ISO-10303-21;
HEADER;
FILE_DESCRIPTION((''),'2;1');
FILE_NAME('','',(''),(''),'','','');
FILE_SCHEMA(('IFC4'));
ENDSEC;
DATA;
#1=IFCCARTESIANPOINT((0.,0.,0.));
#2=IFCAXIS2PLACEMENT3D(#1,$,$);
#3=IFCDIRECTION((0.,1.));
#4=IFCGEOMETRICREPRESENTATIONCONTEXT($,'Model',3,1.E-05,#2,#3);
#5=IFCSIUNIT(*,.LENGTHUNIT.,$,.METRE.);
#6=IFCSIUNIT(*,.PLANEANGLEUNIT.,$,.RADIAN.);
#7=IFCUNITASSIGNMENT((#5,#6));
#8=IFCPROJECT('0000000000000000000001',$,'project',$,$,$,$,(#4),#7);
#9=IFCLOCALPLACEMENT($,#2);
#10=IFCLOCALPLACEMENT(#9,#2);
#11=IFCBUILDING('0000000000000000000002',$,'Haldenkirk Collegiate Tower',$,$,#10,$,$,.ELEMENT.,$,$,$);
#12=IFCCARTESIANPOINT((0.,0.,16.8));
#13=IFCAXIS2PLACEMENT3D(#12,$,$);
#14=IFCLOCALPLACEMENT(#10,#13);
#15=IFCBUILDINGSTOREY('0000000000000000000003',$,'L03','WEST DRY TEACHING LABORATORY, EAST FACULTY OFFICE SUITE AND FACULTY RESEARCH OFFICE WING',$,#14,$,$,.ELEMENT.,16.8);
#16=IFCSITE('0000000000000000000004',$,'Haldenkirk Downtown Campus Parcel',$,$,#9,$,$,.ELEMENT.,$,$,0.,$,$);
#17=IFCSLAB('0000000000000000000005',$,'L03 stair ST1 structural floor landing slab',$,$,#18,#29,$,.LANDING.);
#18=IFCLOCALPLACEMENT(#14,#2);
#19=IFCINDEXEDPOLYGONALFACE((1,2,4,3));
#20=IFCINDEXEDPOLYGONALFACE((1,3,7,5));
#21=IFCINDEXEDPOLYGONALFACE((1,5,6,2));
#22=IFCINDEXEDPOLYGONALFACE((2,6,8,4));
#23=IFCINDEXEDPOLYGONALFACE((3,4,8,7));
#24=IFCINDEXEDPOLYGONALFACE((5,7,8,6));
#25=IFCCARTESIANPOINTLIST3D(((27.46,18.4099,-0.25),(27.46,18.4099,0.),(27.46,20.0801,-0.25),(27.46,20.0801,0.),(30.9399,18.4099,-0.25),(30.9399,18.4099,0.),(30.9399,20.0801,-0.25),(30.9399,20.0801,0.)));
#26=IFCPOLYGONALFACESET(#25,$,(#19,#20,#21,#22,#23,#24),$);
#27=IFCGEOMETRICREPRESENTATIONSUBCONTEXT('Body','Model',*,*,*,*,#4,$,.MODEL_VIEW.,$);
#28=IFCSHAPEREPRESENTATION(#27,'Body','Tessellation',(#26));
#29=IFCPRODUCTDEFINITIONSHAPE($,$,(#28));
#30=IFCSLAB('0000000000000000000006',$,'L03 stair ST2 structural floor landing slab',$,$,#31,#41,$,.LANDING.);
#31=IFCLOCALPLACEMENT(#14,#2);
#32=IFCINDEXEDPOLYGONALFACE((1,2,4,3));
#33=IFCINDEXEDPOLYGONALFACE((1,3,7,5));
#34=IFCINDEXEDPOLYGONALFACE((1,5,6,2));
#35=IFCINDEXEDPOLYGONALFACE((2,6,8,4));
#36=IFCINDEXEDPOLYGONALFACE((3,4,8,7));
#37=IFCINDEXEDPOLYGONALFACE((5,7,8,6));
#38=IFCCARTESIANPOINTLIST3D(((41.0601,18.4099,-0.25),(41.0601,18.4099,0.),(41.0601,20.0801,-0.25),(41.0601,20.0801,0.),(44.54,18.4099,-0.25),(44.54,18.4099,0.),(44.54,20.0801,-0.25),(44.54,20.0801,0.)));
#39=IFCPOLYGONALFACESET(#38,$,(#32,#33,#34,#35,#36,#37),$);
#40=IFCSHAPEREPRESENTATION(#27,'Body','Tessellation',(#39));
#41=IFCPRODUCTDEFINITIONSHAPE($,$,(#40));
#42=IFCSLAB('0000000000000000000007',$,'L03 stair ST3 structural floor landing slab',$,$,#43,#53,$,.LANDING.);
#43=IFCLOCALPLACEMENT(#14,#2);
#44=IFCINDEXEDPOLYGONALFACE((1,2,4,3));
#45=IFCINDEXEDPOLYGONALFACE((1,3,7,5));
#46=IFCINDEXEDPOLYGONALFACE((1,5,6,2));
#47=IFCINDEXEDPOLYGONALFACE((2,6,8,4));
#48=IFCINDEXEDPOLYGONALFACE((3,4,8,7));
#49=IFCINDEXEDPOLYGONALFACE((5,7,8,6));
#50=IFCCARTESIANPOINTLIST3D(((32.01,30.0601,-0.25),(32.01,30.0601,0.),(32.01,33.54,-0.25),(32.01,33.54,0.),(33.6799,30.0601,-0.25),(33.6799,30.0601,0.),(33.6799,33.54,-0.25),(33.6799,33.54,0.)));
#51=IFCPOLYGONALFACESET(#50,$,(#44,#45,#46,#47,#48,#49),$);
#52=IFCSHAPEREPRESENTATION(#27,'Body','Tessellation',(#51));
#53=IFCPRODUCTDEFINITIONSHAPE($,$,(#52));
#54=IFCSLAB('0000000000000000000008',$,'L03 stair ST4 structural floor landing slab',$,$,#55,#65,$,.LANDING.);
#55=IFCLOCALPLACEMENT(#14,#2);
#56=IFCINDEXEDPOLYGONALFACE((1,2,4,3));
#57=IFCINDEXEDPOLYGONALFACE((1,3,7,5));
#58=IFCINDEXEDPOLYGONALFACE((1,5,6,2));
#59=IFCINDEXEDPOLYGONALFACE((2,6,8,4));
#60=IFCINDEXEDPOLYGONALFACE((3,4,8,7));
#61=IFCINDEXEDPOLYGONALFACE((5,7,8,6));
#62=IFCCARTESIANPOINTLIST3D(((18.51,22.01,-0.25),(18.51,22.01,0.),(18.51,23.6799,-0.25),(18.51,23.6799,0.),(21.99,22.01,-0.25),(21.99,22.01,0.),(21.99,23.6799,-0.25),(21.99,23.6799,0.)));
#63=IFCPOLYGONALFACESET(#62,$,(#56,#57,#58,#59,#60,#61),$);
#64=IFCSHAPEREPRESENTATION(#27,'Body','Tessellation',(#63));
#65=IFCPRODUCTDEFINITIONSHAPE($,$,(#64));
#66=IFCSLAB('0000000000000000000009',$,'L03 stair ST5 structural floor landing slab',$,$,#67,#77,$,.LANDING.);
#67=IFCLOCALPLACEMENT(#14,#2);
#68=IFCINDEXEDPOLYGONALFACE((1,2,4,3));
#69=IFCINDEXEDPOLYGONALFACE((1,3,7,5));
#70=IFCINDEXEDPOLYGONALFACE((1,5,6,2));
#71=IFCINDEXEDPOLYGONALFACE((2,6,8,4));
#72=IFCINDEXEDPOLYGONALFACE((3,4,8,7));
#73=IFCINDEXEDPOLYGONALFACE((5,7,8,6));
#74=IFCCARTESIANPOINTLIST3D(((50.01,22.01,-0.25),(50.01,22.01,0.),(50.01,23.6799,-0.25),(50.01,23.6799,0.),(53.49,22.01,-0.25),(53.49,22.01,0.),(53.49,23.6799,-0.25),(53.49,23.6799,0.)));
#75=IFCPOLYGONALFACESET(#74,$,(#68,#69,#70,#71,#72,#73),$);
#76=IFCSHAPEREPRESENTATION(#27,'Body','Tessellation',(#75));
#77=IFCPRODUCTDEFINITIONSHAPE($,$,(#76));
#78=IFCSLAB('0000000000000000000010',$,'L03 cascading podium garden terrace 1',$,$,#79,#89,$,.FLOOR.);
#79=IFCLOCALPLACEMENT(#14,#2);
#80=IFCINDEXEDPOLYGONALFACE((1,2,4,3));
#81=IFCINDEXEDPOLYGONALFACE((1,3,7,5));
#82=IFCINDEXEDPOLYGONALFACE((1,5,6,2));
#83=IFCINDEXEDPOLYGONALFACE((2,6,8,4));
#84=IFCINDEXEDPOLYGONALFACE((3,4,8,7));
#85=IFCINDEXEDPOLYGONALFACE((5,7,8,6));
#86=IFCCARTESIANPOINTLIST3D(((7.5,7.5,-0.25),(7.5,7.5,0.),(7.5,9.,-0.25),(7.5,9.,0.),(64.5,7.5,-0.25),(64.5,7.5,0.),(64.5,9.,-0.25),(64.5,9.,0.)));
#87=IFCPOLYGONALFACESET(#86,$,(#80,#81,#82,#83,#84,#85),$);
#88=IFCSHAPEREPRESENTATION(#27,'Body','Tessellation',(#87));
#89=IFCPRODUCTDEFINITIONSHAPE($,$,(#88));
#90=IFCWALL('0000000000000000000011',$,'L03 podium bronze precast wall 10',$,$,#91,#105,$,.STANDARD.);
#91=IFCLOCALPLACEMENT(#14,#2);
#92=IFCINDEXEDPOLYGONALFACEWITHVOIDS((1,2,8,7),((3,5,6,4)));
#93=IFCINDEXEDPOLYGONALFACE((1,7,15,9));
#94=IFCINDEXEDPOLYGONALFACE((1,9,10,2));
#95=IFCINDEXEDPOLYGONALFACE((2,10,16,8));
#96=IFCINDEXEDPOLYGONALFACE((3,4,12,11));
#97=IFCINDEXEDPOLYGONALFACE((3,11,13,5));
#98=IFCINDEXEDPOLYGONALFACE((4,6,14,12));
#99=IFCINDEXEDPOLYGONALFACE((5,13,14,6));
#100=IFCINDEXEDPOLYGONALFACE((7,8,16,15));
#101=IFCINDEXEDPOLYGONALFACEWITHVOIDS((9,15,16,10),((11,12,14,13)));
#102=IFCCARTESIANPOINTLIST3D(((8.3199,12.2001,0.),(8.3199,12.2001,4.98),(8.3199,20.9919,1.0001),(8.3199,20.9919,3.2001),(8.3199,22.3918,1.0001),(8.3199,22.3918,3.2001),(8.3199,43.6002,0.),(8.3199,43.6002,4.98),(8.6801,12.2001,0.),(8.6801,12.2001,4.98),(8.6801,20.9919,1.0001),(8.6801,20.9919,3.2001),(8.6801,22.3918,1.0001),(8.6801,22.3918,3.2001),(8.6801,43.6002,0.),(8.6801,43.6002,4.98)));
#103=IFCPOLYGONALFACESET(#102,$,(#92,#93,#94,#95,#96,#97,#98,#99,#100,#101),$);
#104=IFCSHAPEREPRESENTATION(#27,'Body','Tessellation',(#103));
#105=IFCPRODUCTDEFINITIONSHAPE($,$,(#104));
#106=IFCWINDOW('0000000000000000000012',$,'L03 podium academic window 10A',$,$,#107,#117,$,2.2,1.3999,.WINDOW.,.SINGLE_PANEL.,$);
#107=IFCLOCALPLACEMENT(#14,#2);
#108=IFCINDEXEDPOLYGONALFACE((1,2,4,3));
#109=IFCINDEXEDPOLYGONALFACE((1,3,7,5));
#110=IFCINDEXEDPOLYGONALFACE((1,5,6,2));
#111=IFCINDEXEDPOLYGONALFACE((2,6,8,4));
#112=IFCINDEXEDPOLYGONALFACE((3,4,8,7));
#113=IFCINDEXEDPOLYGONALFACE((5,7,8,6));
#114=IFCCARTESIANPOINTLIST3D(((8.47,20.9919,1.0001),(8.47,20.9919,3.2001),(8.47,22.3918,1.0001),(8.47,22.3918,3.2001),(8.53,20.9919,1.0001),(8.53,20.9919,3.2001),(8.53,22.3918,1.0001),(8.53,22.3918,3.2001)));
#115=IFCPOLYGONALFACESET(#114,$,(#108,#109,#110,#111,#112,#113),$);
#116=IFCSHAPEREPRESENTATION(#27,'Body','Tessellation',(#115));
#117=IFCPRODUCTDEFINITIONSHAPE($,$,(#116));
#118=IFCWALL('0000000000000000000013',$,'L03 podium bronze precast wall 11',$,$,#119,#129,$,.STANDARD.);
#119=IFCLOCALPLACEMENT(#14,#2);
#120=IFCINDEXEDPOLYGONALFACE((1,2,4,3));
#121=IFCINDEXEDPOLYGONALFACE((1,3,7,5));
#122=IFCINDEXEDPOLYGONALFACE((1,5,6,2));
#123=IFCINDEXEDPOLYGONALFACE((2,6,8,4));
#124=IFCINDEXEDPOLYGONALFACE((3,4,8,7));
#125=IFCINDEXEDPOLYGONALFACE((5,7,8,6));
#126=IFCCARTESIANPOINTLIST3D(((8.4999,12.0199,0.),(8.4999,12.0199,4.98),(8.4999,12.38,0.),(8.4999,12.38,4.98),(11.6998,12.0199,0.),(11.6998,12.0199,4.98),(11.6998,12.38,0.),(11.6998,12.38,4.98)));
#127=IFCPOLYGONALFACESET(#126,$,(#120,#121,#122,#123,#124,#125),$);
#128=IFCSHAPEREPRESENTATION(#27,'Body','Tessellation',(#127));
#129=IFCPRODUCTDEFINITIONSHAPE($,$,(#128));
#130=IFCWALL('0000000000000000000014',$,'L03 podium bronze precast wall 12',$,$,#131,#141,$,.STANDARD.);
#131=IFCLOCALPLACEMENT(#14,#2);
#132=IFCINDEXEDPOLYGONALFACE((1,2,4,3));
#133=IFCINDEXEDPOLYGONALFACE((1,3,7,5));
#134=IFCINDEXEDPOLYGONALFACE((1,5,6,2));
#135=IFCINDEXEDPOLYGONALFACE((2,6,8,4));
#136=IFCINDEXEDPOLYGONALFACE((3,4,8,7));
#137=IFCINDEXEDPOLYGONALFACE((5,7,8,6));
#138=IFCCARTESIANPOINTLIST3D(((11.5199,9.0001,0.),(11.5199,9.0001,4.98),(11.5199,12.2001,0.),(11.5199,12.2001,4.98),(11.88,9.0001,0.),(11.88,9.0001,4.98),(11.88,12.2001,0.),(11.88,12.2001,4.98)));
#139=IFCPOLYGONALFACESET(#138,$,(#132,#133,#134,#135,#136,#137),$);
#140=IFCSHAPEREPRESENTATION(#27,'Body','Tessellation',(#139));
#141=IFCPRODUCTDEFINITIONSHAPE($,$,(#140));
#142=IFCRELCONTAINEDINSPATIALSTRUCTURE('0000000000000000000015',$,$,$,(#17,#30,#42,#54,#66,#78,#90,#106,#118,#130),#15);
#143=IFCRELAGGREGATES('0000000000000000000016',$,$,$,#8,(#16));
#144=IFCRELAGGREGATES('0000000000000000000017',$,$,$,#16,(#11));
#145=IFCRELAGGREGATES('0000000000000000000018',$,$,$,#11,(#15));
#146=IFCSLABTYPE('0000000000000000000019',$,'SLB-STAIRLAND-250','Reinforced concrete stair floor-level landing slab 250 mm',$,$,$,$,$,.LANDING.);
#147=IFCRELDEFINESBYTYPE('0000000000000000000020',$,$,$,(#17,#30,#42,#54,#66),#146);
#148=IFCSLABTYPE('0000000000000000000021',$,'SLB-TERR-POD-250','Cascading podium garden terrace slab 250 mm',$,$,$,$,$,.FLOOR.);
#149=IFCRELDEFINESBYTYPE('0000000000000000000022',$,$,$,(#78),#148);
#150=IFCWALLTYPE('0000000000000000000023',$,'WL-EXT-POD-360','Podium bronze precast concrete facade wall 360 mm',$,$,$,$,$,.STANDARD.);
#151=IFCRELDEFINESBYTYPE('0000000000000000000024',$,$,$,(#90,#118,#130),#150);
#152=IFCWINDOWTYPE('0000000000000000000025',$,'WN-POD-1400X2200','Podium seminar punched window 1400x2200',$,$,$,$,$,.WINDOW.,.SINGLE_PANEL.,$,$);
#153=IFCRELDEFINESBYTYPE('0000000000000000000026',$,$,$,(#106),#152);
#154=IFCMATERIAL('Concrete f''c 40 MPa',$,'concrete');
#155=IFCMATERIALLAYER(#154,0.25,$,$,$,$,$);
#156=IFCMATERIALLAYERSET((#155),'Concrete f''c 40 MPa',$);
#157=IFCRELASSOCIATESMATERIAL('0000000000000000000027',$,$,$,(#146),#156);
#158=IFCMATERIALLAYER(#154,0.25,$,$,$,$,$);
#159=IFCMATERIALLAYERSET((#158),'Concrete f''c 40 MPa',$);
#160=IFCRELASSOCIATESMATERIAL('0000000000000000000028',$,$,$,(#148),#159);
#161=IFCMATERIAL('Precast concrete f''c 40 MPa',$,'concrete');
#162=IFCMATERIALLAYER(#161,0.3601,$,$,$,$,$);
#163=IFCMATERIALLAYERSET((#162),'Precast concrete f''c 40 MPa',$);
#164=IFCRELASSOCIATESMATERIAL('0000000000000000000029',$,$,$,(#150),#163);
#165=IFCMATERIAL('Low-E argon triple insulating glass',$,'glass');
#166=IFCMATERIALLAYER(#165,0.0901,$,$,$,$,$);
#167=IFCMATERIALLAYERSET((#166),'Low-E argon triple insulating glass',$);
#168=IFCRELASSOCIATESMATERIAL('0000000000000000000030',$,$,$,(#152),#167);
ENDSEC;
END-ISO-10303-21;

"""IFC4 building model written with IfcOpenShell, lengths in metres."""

from ifc_helpers import new_model, si_unit, direction, frame, frame_2d, origin, place, context, subcontext, project, spatial, polyline, rectangle, outline, extrude, material, layer, layer_set, type_object, element, fill, save


model = new_model("IFC4")

# Units and contexts
model_context = context("Model", 3, precision=1e-05, world=origin(), true_north=direction((0.0, 1.0)))
body_context = subcontext(model_context, "Body", "Model", "MODEL_VIEW")
ifc_project = project(units=[si_unit("LENGTHUNIT", "METRE"), si_unit("PLANEANGLEUNIT", "RADIAN")], contexts=[model_context])

# Site, building, storey
site_placement = place(None, origin())
site = spatial("IfcSite", under=ifc_project, at=site_placement, Name="Haldenkirk Downtown Campus Parcel", CompositionType="ELEMENT", RefElevation=0.0)
building_placement = place(site_placement, origin())
building = spatial("IfcBuilding", under=site, at=building_placement, Name="Haldenkirk Collegiate Tower", CompositionType="ELEMENT")
storey_placement = place(building_placement, frame((0.0, 0.0, 16.8)))
storey = spatial("IfcBuildingStorey", under=building, at=storey_placement, Name="L03", Description="WEST DRY TEACHING LABORATORY, EAST FACULTY OFFICE SUITE AND FACULTY RESEARCH OFFICE WING", CompositionType="ELEMENT", Elevation=16.8)

# Shared definitions
ifc_material_1 = material(Name="Concrete f'c 40 MPa", Category="concrete")

# Slabs
ifc_layer_1 = layer(ifc_material_1, 0.25)
ifc_layer_set_1 = layer_set([ifc_layer_1], Name="Concrete f'c 40 MPa")
slab_type_1 = type_object("IfcSlabType", Name="SLB-STAIRLAND-250", Description="Reinforced concrete stair floor-level landing slab 250 mm", PredefinedType="LANDING", material=ifc_layer_set_1)
slab_1_placement = place(storey_placement, frame((0.0, 0.0, -0.25)))
element("IfcSlab", 1, at=slab_1_placement, inside=storey, type_object=slab_type_1, Name="L03 stair ST1 structural floor landing slab", PredefinedType="LANDING", context=body_context, shape_type="SweptSolid", body=[
    extrude(outline(polyline([(27.46, 18.4099), (30.9399, 18.4099), (30.9399, 20.0801), (27.46, 20.0801), (27.46, 18.4099)])), origin(), (0.0, 0.0, 1.0), 0.25),
])
slab_2_placement = place(storey_placement, frame((0.0, 0.0, -0.25)))
element("IfcSlab", 2, at=slab_2_placement, inside=storey, type_object=slab_type_1, Name="L03 stair ST2 structural floor landing slab", PredefinedType="LANDING", context=body_context, shape_type="SweptSolid", body=[
    extrude(outline(polyline([(41.0601, 18.4099), (44.54, 18.4099), (44.54, 20.0801), (41.0601, 20.0801), (41.0601, 18.4099)])), origin(), (0.0, 0.0, 1.0), 0.25),
])
slab_3_placement = place(storey_placement, frame((0.0, 0.0, -0.25)))
element("IfcSlab", 3, at=slab_3_placement, inside=storey, type_object=slab_type_1, Name="L03 stair ST3 structural floor landing slab", PredefinedType="LANDING", context=body_context, shape_type="SweptSolid", body=[
    extrude(outline(polyline([(32.01, 30.0601), (33.6799, 30.0601), (33.6799, 33.54), (32.01, 33.54), (32.01, 30.0601)])), origin(), (0.0, 0.0, 1.0), 0.25),
])
slab_4_placement = place(storey_placement, frame((0.0, 0.0, -0.25)))
element("IfcSlab", 4, at=slab_4_placement, inside=storey, type_object=slab_type_1, Name="L03 stair ST4 structural floor landing slab", PredefinedType="LANDING", context=body_context, shape_type="SweptSolid", body=[
    extrude(outline(polyline([(18.51, 22.01), (21.99, 22.01), (21.99, 23.6799), (18.51, 23.6799), (18.51, 22.01)])), origin(), (0.0, 0.0, 1.0), 0.25),
])
slab_5_placement = place(storey_placement, frame((0.0, 0.0, -0.25)))
element("IfcSlab", 5, at=slab_5_placement, inside=storey, type_object=slab_type_1, Name="L03 stair ST5 structural floor landing slab", PredefinedType="LANDING", context=body_context, shape_type="SweptSolid", body=[
    extrude(outline(polyline([(50.01, 22.01), (53.49, 22.01), (53.49, 23.6799), (50.01, 23.6799), (50.01, 22.01)])), origin(), (0.0, 0.0, 1.0), 0.25),
])
ifc_layer_2 = layer(ifc_material_1, 0.25)
ifc_layer_set_2 = layer_set([ifc_layer_2], Name="Concrete f'c 40 MPa")
slab_type_2 = type_object("IfcSlabType", Name="SLB-TERR-POD-250", Description="Cascading podium garden terrace slab 250 mm", PredefinedType="FLOOR", material=ifc_layer_set_2)
slab_6_placement = place(storey_placement, frame((0.0, 0.0, -0.25)))
element("IfcSlab", 6, at=slab_6_placement, inside=storey, type_object=slab_type_2, Name="L03 cascading podium garden terrace 1", PredefinedType="FLOOR", context=body_context, shape_type="SweptSolid", body=[
    extrude(outline(polyline([(7.5, 7.5), (64.5, 7.5), (64.5, 9.0), (7.5, 9.0), (7.5, 7.5)])), origin(), (0.0, 0.0, 1.0), 0.25),
])

# Wall, opening, window
ifc_material_2 = material(Name="Precast concrete f'c 40 MPa", Category="concrete")
ifc_layer_3 = layer(ifc_material_2, 0.3601)
ifc_layer_set_3 = layer_set([ifc_layer_3], Name="Precast concrete f'c 40 MPa")
wall_type_1 = type_object("IfcWallType", Name="WL-EXT-POD-360", Description="Podium bronze precast concrete facade wall 360 mm", PredefinedType="STANDARD", material=ifc_layer_set_3)
wall_1_placement = place(storey_placement, frame((8.5, 12.2, 0.0), z_axis=(0.0, 0.0, 1.0), x_axis=(0.0, 1.0, 0.0)))
wall_1 = element("IfcWall", 7, at=wall_1_placement, inside=storey, type_object=wall_type_1, Name="L03 podium bronze precast wall 10", PredefinedType="STANDARD", context=body_context, shape_type="SweptSolid", body=[
    extrude(rectangle(XDim=31.4001, YDim=0.3601, at=frame_2d((15.7002, 0.0))), origin(), (0.0, 0.0, 1.0), 4.98),
])
opening_1_placement = place(wall_1_placement, frame((8.792, 0.0, 1.0)))
opening_1 = element("IfcOpeningElement", 8, at=opening_1_placement, cuts=wall_1, PredefinedType="OPENING", context=body_context, shape_type="SweptSolid", body=[
    extrude(rectangle(XDim=1.3999, YDim=2.2, at=frame_2d((0.7, 1.1001))), frame((0.0, 0.1899, 0.0), z_axis=(0.0, -1.0, 0.0), x_axis=(1.0, 0.0, 0.0)), (0.0, 0.0, 1.0), 0.3801),
])
ifc_material_3 = material(Name="Low-E argon triple insulating glass", Category="glass")
ifc_layer_4 = layer(ifc_material_3, 0.0901)
ifc_layer_set_4 = layer_set([ifc_layer_4], Name="Low-E argon triple insulating glass")
window_type = type_object("IfcWindowType", Name="WN-POD-1400X2200", Description="Podium seminar punched window 1400x2200", PartitioningType="SINGLE_PANEL", PredefinedType="WINDOW", material=ifc_layer_set_4)
window_placement = place(opening_1_placement, origin())
window = element("IfcWindow", 9, at=window_placement, inside=storey, type_object=window_type, Name="L03 podium academic window 10A", OverallHeight=2.2, OverallWidth=1.3999, PartitioningType="SINGLE_PANEL", PredefinedType="WINDOW", context=body_context, shape_type="SweptSolid", body=[
    extrude(rectangle(XDim=1.3999, YDim=2.2, at=frame_2d((0.7, 1.1001))), frame((0.0, 0.03, 0.0), z_axis=(0.0, -1.0, 0.0), x_axis=(1.0, 0.0, 0.0)), (0.0, 0.0, 1.0), 0.0601),
])
fill(opening_1, window)

# Walls
for number, where, z_axis, x_axis, name in (
    (10, (11.7, 12.2, 0.0), (0.0, 0.0, 1.0), (-1.0, 0.0, 0.0), "L03 podium bronze precast wall 11"),
    (11, (11.7, 9.0, 0.0), (0.0, 0.0, 1.0), (0.0, 1.0, 0.0), "L03 podium bronze precast wall 12"),
):
    element("IfcWall", number, at=place(storey_placement, frame(where, z_axis=z_axis, x_axis=x_axis)), inside=storey, type_object=wall_type_1, Name=name, PredefinedType="STANDARD", context=body_context, shape_type="SweptSolid", body=[
        extrude(rectangle(XDim=3.2, YDim=0.3601, at=frame_2d((1.6001, 0.0))), origin(), (0.0, 0.0, 1.0), 4.98),
    ])

save(model, "model.ifc")
